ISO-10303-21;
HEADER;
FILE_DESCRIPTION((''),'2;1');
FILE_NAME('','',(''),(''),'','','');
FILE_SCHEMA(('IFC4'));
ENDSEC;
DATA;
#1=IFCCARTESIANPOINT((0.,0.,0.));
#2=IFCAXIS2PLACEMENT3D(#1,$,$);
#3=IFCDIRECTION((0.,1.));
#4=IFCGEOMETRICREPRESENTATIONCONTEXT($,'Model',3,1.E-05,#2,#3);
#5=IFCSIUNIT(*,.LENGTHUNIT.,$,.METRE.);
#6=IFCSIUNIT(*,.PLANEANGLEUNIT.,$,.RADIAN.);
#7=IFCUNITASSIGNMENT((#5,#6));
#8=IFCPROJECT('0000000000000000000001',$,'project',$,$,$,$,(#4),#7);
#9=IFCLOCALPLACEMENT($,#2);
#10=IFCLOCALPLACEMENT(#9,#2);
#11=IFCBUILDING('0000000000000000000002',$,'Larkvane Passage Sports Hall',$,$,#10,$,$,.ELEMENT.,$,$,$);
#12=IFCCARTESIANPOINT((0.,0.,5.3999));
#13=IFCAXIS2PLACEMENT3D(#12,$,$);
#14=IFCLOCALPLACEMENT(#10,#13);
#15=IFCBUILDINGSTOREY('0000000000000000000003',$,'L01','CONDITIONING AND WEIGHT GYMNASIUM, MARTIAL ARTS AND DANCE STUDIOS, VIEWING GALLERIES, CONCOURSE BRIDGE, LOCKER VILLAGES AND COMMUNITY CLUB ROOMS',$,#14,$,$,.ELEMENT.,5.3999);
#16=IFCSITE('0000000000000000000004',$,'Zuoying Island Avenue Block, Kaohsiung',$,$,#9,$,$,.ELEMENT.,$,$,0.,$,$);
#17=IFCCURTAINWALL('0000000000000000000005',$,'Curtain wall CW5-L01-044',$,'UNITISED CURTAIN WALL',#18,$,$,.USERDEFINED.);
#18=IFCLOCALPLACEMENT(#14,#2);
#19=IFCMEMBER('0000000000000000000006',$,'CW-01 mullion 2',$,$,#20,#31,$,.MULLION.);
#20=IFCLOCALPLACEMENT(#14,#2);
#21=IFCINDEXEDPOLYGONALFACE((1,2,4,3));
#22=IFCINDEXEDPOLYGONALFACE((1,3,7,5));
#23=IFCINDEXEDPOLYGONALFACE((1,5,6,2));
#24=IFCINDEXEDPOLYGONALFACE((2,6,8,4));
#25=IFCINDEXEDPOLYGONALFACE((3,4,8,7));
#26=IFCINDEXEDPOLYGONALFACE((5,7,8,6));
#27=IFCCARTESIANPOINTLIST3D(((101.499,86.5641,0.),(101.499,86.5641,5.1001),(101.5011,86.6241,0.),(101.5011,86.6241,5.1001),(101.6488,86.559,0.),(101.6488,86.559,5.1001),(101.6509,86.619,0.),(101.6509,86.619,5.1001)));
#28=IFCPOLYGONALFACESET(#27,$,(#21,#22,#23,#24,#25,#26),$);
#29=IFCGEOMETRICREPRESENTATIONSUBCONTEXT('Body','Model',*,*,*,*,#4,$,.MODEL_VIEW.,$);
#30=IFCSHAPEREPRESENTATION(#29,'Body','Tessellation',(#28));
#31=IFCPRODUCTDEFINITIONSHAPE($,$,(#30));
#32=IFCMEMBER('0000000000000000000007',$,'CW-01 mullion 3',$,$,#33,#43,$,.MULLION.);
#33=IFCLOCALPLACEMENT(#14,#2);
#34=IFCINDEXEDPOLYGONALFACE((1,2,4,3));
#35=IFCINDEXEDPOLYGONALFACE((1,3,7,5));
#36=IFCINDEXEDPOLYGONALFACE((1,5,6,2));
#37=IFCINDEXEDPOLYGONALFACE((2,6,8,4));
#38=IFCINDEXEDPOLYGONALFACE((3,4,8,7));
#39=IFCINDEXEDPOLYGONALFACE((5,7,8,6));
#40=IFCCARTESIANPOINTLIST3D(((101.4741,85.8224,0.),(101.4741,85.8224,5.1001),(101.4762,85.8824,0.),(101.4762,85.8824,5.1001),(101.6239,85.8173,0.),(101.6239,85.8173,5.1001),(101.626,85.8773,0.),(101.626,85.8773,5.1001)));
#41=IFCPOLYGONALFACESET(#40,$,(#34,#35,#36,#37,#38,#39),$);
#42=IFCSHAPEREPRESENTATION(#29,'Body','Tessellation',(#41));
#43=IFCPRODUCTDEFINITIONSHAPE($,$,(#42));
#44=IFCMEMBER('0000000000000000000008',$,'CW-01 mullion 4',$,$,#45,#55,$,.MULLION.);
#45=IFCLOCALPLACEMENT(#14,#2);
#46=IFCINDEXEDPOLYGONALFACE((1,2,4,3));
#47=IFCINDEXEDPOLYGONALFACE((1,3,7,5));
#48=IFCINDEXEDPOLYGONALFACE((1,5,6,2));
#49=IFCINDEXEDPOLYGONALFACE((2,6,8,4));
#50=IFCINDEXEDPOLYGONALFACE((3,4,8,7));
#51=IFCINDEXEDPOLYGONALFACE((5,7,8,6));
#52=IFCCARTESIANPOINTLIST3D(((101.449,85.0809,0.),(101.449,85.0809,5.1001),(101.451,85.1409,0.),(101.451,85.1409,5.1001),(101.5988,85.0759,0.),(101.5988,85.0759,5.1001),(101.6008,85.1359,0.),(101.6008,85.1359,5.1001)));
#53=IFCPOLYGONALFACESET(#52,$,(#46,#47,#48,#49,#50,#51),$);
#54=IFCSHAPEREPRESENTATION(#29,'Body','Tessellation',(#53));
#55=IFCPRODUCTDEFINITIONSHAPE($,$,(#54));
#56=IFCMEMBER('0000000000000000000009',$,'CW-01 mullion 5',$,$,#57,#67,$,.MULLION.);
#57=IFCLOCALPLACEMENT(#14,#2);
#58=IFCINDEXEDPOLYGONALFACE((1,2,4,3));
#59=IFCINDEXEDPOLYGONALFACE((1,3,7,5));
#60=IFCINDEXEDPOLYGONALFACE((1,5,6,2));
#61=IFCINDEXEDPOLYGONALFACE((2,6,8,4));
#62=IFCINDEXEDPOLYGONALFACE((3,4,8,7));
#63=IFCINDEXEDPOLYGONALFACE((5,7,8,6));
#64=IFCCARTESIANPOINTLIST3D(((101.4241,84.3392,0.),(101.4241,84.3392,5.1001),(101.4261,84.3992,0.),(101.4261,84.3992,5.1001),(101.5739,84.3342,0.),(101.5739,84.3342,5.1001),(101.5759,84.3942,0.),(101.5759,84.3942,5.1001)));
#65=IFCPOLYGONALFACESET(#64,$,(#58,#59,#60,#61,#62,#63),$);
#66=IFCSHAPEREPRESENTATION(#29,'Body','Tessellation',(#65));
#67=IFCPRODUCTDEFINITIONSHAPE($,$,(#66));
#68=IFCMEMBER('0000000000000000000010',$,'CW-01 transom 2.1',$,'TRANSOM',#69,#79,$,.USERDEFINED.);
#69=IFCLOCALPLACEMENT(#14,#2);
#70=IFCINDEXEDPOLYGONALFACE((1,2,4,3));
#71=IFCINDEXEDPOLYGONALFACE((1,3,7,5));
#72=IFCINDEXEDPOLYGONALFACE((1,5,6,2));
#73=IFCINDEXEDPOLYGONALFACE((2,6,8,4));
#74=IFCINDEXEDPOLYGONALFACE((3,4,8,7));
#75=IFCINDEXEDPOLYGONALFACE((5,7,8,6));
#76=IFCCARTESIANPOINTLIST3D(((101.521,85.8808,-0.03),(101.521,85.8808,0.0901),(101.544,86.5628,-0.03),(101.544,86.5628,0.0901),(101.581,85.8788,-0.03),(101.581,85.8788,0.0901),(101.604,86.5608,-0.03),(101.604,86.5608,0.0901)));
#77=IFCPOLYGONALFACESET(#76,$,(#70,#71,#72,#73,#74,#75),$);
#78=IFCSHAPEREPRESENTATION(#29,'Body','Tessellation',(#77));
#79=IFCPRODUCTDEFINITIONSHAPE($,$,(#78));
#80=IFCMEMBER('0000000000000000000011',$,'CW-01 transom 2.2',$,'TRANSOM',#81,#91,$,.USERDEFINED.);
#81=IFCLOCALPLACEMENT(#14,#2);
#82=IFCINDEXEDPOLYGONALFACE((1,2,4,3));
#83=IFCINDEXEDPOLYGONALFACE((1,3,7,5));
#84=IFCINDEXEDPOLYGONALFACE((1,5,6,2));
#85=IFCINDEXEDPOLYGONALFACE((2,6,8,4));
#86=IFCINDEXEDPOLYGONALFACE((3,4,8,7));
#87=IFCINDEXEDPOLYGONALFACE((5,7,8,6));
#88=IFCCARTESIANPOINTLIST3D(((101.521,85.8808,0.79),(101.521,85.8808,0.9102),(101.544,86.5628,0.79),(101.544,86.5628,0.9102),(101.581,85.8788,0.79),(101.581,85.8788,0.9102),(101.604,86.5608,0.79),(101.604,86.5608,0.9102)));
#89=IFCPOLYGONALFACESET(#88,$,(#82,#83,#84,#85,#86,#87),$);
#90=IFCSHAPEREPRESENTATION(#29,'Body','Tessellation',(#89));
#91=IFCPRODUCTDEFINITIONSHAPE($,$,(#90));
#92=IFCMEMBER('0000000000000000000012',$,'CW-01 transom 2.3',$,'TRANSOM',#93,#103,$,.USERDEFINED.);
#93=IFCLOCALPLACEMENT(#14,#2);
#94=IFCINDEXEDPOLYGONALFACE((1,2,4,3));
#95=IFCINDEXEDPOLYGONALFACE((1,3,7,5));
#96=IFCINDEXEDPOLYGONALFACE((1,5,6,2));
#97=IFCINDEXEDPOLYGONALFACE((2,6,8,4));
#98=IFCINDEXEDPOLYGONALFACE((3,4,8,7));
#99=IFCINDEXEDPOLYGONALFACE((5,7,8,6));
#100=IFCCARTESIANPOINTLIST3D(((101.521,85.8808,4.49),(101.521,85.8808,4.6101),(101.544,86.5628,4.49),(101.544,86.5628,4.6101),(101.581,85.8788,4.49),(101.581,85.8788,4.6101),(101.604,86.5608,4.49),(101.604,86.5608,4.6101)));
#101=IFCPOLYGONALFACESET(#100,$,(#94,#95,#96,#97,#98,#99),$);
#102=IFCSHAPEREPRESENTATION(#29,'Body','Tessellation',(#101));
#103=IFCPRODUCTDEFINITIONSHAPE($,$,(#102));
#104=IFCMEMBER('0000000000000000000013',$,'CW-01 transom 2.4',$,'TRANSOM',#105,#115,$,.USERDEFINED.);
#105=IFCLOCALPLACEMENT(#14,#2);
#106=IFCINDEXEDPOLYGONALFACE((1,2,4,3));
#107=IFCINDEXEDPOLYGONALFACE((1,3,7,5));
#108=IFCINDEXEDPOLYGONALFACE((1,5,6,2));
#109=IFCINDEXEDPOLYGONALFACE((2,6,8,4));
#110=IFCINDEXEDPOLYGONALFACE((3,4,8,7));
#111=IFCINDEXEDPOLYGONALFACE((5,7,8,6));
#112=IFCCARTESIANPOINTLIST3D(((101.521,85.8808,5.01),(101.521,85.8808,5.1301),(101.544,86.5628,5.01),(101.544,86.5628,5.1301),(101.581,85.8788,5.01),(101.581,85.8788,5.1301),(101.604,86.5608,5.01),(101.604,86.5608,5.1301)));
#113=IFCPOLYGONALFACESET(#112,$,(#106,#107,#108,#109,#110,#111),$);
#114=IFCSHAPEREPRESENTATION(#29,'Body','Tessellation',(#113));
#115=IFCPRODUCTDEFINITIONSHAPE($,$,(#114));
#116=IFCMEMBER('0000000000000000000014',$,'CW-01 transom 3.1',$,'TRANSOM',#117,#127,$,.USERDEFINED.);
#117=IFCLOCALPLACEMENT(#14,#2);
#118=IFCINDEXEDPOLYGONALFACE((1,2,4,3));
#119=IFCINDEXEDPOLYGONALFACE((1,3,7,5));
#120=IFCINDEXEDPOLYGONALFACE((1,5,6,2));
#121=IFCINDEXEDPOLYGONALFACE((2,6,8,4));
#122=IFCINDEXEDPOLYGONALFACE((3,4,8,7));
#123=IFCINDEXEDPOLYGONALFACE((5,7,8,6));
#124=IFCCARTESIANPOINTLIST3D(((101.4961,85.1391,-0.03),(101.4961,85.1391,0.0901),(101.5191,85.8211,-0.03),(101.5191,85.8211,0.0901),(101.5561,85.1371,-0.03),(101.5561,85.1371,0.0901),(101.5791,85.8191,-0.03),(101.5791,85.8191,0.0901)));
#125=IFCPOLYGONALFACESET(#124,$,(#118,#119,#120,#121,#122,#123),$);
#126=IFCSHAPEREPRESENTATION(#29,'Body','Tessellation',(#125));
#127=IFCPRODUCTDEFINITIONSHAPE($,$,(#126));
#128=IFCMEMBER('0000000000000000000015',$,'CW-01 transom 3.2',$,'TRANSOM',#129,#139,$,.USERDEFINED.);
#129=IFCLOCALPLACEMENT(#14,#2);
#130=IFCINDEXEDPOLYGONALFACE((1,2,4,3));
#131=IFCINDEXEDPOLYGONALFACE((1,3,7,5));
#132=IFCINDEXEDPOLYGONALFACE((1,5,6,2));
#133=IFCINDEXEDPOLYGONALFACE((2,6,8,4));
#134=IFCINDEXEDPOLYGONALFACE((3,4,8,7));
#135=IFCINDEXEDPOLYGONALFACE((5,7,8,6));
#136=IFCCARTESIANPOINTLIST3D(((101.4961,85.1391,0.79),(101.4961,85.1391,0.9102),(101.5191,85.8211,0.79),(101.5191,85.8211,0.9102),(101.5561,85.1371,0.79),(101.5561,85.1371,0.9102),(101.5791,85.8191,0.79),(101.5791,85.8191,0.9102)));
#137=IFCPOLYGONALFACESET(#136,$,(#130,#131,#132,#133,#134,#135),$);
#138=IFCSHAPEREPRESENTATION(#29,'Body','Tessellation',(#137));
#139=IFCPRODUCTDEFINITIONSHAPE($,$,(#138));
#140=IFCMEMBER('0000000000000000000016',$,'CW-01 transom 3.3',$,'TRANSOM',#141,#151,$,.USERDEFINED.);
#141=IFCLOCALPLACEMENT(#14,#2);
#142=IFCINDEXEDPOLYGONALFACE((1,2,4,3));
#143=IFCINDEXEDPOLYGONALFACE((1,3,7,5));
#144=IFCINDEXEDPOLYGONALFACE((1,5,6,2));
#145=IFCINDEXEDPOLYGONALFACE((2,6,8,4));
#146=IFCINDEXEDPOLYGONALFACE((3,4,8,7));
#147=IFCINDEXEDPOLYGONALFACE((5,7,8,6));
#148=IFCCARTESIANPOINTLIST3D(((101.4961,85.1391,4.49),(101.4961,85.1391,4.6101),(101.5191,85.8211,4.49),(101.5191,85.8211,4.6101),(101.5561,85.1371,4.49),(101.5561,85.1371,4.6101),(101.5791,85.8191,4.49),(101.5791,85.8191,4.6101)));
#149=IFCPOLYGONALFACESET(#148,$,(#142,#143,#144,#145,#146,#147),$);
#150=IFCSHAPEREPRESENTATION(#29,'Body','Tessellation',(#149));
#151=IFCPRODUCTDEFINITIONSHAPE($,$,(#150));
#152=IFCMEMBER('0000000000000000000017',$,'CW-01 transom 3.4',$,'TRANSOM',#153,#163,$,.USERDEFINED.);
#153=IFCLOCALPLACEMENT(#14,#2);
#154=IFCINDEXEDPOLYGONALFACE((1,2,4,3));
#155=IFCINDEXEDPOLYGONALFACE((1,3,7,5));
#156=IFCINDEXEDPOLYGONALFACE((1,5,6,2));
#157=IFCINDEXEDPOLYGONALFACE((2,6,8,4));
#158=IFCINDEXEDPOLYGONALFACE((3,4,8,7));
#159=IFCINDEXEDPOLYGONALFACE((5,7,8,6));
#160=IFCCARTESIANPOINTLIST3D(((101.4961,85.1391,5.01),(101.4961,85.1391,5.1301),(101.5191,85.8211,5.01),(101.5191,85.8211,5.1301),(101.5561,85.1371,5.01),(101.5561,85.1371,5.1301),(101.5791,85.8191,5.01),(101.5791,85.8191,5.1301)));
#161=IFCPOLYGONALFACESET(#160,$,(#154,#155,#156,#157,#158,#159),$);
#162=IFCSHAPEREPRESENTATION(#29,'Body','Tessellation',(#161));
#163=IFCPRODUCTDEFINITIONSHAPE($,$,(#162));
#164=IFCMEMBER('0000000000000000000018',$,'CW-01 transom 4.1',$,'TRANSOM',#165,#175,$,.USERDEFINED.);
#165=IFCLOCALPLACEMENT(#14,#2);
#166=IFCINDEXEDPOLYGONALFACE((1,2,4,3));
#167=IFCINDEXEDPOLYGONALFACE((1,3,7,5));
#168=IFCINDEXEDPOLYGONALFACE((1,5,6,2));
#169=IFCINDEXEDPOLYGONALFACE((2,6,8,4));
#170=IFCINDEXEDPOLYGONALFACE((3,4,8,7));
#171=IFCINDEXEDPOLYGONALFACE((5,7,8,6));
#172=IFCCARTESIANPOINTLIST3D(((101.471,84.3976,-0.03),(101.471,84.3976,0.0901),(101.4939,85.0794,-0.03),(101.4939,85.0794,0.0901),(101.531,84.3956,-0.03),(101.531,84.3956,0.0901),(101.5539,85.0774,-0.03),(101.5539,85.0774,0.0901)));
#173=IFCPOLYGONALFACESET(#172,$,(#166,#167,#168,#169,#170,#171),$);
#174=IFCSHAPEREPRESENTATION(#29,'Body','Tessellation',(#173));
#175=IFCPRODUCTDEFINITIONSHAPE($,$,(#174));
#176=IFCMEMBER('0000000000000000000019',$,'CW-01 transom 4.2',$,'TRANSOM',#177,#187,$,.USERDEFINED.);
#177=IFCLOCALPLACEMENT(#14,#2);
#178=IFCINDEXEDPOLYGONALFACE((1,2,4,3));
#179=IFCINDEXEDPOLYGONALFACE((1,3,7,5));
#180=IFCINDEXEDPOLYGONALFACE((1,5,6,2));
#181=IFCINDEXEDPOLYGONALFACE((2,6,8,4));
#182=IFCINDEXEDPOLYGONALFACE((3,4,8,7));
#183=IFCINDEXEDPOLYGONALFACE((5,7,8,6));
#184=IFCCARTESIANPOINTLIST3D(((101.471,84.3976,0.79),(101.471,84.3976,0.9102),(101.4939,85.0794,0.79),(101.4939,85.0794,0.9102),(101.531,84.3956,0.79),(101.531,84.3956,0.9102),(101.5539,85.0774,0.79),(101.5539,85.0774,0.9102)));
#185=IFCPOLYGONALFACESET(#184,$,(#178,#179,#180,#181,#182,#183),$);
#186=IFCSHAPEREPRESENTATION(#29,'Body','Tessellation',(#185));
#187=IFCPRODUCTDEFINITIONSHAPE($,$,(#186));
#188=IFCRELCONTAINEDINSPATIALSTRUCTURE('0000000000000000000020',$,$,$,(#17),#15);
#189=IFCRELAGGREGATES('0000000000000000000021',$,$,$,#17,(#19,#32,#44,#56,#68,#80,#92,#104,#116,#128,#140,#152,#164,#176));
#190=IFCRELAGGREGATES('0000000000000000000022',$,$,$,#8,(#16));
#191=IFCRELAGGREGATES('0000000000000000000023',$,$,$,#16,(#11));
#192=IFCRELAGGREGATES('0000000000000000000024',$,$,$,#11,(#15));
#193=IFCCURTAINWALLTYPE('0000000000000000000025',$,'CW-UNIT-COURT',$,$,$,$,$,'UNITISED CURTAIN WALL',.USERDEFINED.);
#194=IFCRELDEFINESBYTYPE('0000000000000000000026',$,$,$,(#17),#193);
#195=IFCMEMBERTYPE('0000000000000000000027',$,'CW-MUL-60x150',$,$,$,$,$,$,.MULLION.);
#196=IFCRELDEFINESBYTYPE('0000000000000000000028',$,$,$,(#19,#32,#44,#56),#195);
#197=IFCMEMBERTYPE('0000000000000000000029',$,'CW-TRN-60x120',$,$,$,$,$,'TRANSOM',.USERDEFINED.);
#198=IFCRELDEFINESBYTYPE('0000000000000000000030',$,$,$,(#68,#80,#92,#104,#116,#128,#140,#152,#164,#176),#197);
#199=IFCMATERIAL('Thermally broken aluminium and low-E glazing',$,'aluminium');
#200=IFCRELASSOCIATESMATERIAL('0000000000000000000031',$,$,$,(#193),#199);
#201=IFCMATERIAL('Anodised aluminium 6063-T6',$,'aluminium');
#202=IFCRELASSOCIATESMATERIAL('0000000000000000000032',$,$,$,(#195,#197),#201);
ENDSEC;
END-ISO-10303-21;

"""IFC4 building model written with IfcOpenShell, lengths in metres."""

from ifc_helpers import new_model, si_unit, direction, frame, origin, origin_2d, place, context, subcontext, project, spatial, rectangle, extrude, material, material_profile, profile_set, type_object, element, aggregate, save


model = new_model("IFC4")

# Units and contexts
model_context = context("Model", 3, precision=1e-05, world=origin(), true_north=direction((0.0, 1.0)))
body_context = subcontext(model_context, "Body", "Model", "MODEL_VIEW")
ifc_project = project(units=[si_unit("LENGTHUNIT", "METRE"), si_unit("PLANEANGLEUNIT", "RADIAN")], contexts=[model_context])

# Site, building, storey
site_placement = place(None, origin())
site = spatial("IfcSite", under=ifc_project, at=site_placement, Name="Zuoying Island Avenue Block, Kaohsiung", CompositionType="ELEMENT", RefElevation=0.0)
building_placement = place(site_placement, origin())
building = spatial("IfcBuilding", under=site, at=building_placement, Name="Larkvane Passage Sports Hall", CompositionType="ELEMENT")
storey_placement = place(building_placement, frame((0.0, 0.0, 5.3999)))
storey = spatial("IfcBuildingStorey", under=building, at=storey_placement, Name="L01", Description="CONDITIONING AND WEIGHT GYMNASIUM, MARTIAL ARTS AND DANCE STUDIOS, VIEWING GALLERIES, CONCOURSE BRIDGE, LOCKER VILLAGES AND COMMUNITY CLUB ROOMS", CompositionType="ELEMENT", Elevation=5.3999)

# Curtain wall, members
ifc_material_1 = material(Name="Thermally broken aluminium and low-E glazing", Category="aluminium")
curtain_wall_type = type_object("IfcCurtainWallType", Name="CW-UNIT-COURT", ElementType="UNITISED CURTAIN WALL", PredefinedType="USERDEFINED", material=ifc_material_1)
curtain_wall_placement = place(storey_placement, origin())
curtain_wall = element("IfcCurtainWall", 1, at=curtain_wall_placement, inside=storey, type_object=curtain_wall_type, Name="Curtain wall CW5-L01-044", ObjectType="UNITISED CURTAIN WALL", PredefinedType="USERDEFINED")
ifc_material_2 = material(Name="Anodised aluminium 6063-T6", Category="aluminium")
ifc_material_profile_1 = material_profile(ifc_material_2, rectangle(XDim=0.0601, YDim=0.1499, at=origin_2d()), Name="ALU-MUL-60x150")
ifc_profile_set_1 = profile_set([ifc_material_profile_1], Name="Anodised aluminium 6063-T6")
member_type_1 = type_object("IfcMemberType", Name="CW-MUL-60x150", PredefinedType="MULLION", material=ifc_profile_set_1)
member_1_placement = place(storey_placement, frame((101.575, 86.5916, 0.0), z_axis=(0.0, 0.0, 1.0), x_axis=(-0.033689, -0.999432, 0.0)))
member_1 = element("IfcMember", 2, at=member_1_placement, type_object=member_type_1, Name="CW-01 mullion 2", PredefinedType="MULLION", context=body_context, shape_type="SweptSolid", body=[
    extrude(rectangle(XDim=0.0601, YDim=0.1499, at=origin_2d()), origin(), (0.0, 0.0, 1.0), 5.1001),
])
member_2_placement = place(storey_placement, frame((101.55, 85.8499, 0.0), z_axis=(0.0, 0.0, 1.0), x_axis=(-0.033689, -0.999432, 0.0)))
member_2 = element("IfcMember", 3, at=member_2_placement, type_object=member_type_1, Name="CW-01 mullion 3", PredefinedType="MULLION", context=body_context, shape_type="SweptSolid", body=[
    extrude(rectangle(XDim=0.0601, YDim=0.1499, at=origin_2d()), origin(), (0.0, 0.0, 1.0), 5.1001),
])
member_3_placement = place(storey_placement, frame((101.5249, 85.1084, 0.0), z_axis=(0.0, 0.0, 1.0), x_axis=(-0.033689, -0.999432, 0.0)))
member_3 = element("IfcMember", 4, at=member_3_placement, type_object=member_type_1, Name="CW-01 mullion 4", PredefinedType="MULLION", context=body_context, shape_type="SweptSolid", body=[
    extrude(rectangle(XDim=0.0601, YDim=0.1499, at=origin_2d()), origin(), (0.0, 0.0, 1.0), 5.1001),
])
member_4_placement = place(storey_placement, frame((101.5, 84.3667, 0.0), z_axis=(0.0, 0.0, 1.0), x_axis=(-0.033689, -0.999432, 0.0)))
member_4 = element("IfcMember", 5, at=member_4_placement, type_object=member_type_1, Name="CW-01 mullion 5", PredefinedType="MULLION", context=body_context, shape_type="SweptSolid", body=[
    extrude(rectangle(XDim=0.0601, YDim=0.1499, at=origin_2d()), origin(), (0.0, 0.0, 1.0), 5.1001),
])
ifc_material_profile_2 = material_profile(ifc_material_2, rectangle(XDim=0.0601, YDim=0.1201, at=origin_2d()), Name="ALU-TRN-60x120")
ifc_profile_set_2 = profile_set([ifc_material_profile_2], Name="Anodised aluminium 6063-T6")
member_type_2 = type_object("IfcMemberType", Name="CW-TRN-60x120", ElementType="TRANSOM", PredefinedType="USERDEFINED", material=ifc_profile_set_2)
member_5_placement = place(storey_placement, frame((101.574, 86.5618, 0.03), z_axis=(-0.033637, -0.999434, 0.0), x_axis=(0.999434, -0.033637, 0.0)))
member_5 = element("IfcMember", 6, at=member_5_placement, type_object=member_type_2, Name="CW-01 transom 2.1", ObjectType="TRANSOM", PredefinedType="USERDEFINED", context=body_context, shape_type="SweptSolid", body=[
    extrude(rectangle(XDim=0.0601, YDim=0.1201, at=origin_2d()), origin(), (0.0, 0.0, 1.0), 0.6824),
])
member_6_placement = place(storey_placement, frame((101.574, 86.5618, 0.8501), z_axis=(-0.033637, -0.999434, 0.0), x_axis=(0.999434, -0.033637, 0.0)))
member_6 = element("IfcMember", 7, at=member_6_placement, type_object=member_type_2, Name="CW-01 transom 2.2", ObjectType="TRANSOM", PredefinedType="USERDEFINED", context=body_context, shape_type="SweptSolid", body=[
    extrude(rectangle(XDim=0.0601, YDim=0.1201, at=origin_2d()), origin(), (0.0, 0.0, 1.0), 0.6824),
])
member_7_placement = place(storey_placement, frame((101.574, 86.5618, 4.55), z_axis=(-0.033637, -0.999434, 0.0), x_axis=(0.999434, -0.033637, 0.0)))
member_7 = element("IfcMember", 8, at=member_7_placement, type_object=member_type_2, Name="CW-01 transom 2.3", ObjectType="TRANSOM", PredefinedType="USERDEFINED", context=body_context, shape_type="SweptSolid", body=[
    extrude(rectangle(XDim=0.0601, YDim=0.1201, at=origin_2d()), origin(), (0.0, 0.0, 1.0), 0.6824),
])
member_8_placement = place(storey_placement, frame((101.574, 86.5618, 5.0701), z_axis=(-0.033637, -0.999434, 0.0), x_axis=(0.999434, -0.033637, 0.0)))
member_8 = element("IfcMember", 9, at=member_8_placement, type_object=member_type_2, Name="CW-01 transom 2.4", ObjectType="TRANSOM", PredefinedType="USERDEFINED", context=body_context, shape_type="SweptSolid", body=[
    extrude(rectangle(XDim=0.0601, YDim=0.1201, at=origin_2d()), origin(), (0.0, 0.0, 1.0), 0.6824),
])
member_9_placement = place(storey_placement, frame((101.5491, 85.8201, 0.03), z_axis=(-0.033637, -0.999434, 0.0), x_axis=(0.999434, -0.033637, 0.0)))
member_9 = element("IfcMember", 10, at=member_9_placement, type_object=member_type_2, Name="CW-01 transom 3.1", ObjectType="TRANSOM", PredefinedType="USERDEFINED", context=body_context, shape_type="SweptSolid", body=[
    extrude(rectangle(XDim=0.0601, YDim=0.1201, at=origin_2d()), origin(), (0.0, 0.0, 1.0), 0.6824),
])
member_10_placement = place(storey_placement, frame((101.5491, 85.8201, 0.8501), z_axis=(-0.033637, -0.999434, 0.0), x_axis=(0.999434, -0.033637, 0.0)))
member_10 = element("IfcMember", 11, at=member_10_placement, type_object=member_type_2, Name="CW-01 transom 3.2", ObjectType="TRANSOM", PredefinedType="USERDEFINED", context=body_context, shape_type="SweptSolid", body=[
    extrude(rectangle(XDim=0.0601, YDim=0.1201, at=origin_2d()), origin(), (0.0, 0.0, 1.0), 0.6824),
])
member_11_placement = place(storey_placement, frame((101.5491, 85.8201, 4.55), z_axis=(-0.033637, -0.999434, 0.0), x_axis=(0.999434, -0.033637, 0.0)))
member_11 = element("IfcMember", 12, at=member_11_placement, type_object=member_type_2, Name="CW-01 transom 3.3", ObjectType="TRANSOM", PredefinedType="USERDEFINED", context=body_context, shape_type="SweptSolid", body=[
    extrude(rectangle(XDim=0.0601, YDim=0.1201, at=origin_2d()), origin(), (0.0, 0.0, 1.0), 0.6824),
])
member_12_placement = place(storey_placement, frame((101.5491, 85.8201, 5.0701), z_axis=(-0.033637, -0.999434, 0.0), x_axis=(0.999434, -0.033637, 0.0)))
member_12 = element("IfcMember", 13, at=member_12_placement, type_object=member_type_2, Name="CW-01 transom 3.4", ObjectType="TRANSOM", PredefinedType="USERDEFINED", context=body_context, shape_type="SweptSolid", body=[
    extrude(rectangle(XDim=0.0601, YDim=0.1201, at=origin_2d()), origin(), (0.0, 0.0, 1.0), 0.6824),
])
member_13_placement = place(storey_placement, frame((101.5239, 85.0784, 0.03), z_axis=(-0.033649, -0.999434, 0.0), x_axis=(0.999434, -0.033649, 0.0)))
member_13 = element("IfcMember", 14, at=member_13_placement, type_object=member_type_2, Name="CW-01 transom 4.1", ObjectType="TRANSOM", PredefinedType="USERDEFINED", context=body_context, shape_type="SweptSolid", body=[
    extrude(rectangle(XDim=0.0601, YDim=0.1201, at=origin_2d()), origin(), (0.0, 0.0, 1.0), 0.6821),
])
member_14_placement = place(storey_placement, frame((101.5239, 85.0784, 0.8501), z_axis=(-0.033649, -0.999434, 0.0), x_axis=(0.999434, -0.033649, 0.0)))
member_14 = element("IfcMember", 15, at=member_14_placement, type_object=member_type_2, Name="CW-01 transom 4.2", ObjectType="TRANSOM", PredefinedType="USERDEFINED", context=body_context, shape_type="SweptSolid", body=[
    extrude(rectangle(XDim=0.0601, YDim=0.1201, at=origin_2d()), origin(), (0.0, 0.0, 1.0), 0.6821),
])
aggregate(curtain_wall, [member_1, member_2, member_3, member_4, member_5, member_6, member_7, member_8, member_9, member_10, member_11, member_12, member_13, member_14])

save(model, "model.ifc")
